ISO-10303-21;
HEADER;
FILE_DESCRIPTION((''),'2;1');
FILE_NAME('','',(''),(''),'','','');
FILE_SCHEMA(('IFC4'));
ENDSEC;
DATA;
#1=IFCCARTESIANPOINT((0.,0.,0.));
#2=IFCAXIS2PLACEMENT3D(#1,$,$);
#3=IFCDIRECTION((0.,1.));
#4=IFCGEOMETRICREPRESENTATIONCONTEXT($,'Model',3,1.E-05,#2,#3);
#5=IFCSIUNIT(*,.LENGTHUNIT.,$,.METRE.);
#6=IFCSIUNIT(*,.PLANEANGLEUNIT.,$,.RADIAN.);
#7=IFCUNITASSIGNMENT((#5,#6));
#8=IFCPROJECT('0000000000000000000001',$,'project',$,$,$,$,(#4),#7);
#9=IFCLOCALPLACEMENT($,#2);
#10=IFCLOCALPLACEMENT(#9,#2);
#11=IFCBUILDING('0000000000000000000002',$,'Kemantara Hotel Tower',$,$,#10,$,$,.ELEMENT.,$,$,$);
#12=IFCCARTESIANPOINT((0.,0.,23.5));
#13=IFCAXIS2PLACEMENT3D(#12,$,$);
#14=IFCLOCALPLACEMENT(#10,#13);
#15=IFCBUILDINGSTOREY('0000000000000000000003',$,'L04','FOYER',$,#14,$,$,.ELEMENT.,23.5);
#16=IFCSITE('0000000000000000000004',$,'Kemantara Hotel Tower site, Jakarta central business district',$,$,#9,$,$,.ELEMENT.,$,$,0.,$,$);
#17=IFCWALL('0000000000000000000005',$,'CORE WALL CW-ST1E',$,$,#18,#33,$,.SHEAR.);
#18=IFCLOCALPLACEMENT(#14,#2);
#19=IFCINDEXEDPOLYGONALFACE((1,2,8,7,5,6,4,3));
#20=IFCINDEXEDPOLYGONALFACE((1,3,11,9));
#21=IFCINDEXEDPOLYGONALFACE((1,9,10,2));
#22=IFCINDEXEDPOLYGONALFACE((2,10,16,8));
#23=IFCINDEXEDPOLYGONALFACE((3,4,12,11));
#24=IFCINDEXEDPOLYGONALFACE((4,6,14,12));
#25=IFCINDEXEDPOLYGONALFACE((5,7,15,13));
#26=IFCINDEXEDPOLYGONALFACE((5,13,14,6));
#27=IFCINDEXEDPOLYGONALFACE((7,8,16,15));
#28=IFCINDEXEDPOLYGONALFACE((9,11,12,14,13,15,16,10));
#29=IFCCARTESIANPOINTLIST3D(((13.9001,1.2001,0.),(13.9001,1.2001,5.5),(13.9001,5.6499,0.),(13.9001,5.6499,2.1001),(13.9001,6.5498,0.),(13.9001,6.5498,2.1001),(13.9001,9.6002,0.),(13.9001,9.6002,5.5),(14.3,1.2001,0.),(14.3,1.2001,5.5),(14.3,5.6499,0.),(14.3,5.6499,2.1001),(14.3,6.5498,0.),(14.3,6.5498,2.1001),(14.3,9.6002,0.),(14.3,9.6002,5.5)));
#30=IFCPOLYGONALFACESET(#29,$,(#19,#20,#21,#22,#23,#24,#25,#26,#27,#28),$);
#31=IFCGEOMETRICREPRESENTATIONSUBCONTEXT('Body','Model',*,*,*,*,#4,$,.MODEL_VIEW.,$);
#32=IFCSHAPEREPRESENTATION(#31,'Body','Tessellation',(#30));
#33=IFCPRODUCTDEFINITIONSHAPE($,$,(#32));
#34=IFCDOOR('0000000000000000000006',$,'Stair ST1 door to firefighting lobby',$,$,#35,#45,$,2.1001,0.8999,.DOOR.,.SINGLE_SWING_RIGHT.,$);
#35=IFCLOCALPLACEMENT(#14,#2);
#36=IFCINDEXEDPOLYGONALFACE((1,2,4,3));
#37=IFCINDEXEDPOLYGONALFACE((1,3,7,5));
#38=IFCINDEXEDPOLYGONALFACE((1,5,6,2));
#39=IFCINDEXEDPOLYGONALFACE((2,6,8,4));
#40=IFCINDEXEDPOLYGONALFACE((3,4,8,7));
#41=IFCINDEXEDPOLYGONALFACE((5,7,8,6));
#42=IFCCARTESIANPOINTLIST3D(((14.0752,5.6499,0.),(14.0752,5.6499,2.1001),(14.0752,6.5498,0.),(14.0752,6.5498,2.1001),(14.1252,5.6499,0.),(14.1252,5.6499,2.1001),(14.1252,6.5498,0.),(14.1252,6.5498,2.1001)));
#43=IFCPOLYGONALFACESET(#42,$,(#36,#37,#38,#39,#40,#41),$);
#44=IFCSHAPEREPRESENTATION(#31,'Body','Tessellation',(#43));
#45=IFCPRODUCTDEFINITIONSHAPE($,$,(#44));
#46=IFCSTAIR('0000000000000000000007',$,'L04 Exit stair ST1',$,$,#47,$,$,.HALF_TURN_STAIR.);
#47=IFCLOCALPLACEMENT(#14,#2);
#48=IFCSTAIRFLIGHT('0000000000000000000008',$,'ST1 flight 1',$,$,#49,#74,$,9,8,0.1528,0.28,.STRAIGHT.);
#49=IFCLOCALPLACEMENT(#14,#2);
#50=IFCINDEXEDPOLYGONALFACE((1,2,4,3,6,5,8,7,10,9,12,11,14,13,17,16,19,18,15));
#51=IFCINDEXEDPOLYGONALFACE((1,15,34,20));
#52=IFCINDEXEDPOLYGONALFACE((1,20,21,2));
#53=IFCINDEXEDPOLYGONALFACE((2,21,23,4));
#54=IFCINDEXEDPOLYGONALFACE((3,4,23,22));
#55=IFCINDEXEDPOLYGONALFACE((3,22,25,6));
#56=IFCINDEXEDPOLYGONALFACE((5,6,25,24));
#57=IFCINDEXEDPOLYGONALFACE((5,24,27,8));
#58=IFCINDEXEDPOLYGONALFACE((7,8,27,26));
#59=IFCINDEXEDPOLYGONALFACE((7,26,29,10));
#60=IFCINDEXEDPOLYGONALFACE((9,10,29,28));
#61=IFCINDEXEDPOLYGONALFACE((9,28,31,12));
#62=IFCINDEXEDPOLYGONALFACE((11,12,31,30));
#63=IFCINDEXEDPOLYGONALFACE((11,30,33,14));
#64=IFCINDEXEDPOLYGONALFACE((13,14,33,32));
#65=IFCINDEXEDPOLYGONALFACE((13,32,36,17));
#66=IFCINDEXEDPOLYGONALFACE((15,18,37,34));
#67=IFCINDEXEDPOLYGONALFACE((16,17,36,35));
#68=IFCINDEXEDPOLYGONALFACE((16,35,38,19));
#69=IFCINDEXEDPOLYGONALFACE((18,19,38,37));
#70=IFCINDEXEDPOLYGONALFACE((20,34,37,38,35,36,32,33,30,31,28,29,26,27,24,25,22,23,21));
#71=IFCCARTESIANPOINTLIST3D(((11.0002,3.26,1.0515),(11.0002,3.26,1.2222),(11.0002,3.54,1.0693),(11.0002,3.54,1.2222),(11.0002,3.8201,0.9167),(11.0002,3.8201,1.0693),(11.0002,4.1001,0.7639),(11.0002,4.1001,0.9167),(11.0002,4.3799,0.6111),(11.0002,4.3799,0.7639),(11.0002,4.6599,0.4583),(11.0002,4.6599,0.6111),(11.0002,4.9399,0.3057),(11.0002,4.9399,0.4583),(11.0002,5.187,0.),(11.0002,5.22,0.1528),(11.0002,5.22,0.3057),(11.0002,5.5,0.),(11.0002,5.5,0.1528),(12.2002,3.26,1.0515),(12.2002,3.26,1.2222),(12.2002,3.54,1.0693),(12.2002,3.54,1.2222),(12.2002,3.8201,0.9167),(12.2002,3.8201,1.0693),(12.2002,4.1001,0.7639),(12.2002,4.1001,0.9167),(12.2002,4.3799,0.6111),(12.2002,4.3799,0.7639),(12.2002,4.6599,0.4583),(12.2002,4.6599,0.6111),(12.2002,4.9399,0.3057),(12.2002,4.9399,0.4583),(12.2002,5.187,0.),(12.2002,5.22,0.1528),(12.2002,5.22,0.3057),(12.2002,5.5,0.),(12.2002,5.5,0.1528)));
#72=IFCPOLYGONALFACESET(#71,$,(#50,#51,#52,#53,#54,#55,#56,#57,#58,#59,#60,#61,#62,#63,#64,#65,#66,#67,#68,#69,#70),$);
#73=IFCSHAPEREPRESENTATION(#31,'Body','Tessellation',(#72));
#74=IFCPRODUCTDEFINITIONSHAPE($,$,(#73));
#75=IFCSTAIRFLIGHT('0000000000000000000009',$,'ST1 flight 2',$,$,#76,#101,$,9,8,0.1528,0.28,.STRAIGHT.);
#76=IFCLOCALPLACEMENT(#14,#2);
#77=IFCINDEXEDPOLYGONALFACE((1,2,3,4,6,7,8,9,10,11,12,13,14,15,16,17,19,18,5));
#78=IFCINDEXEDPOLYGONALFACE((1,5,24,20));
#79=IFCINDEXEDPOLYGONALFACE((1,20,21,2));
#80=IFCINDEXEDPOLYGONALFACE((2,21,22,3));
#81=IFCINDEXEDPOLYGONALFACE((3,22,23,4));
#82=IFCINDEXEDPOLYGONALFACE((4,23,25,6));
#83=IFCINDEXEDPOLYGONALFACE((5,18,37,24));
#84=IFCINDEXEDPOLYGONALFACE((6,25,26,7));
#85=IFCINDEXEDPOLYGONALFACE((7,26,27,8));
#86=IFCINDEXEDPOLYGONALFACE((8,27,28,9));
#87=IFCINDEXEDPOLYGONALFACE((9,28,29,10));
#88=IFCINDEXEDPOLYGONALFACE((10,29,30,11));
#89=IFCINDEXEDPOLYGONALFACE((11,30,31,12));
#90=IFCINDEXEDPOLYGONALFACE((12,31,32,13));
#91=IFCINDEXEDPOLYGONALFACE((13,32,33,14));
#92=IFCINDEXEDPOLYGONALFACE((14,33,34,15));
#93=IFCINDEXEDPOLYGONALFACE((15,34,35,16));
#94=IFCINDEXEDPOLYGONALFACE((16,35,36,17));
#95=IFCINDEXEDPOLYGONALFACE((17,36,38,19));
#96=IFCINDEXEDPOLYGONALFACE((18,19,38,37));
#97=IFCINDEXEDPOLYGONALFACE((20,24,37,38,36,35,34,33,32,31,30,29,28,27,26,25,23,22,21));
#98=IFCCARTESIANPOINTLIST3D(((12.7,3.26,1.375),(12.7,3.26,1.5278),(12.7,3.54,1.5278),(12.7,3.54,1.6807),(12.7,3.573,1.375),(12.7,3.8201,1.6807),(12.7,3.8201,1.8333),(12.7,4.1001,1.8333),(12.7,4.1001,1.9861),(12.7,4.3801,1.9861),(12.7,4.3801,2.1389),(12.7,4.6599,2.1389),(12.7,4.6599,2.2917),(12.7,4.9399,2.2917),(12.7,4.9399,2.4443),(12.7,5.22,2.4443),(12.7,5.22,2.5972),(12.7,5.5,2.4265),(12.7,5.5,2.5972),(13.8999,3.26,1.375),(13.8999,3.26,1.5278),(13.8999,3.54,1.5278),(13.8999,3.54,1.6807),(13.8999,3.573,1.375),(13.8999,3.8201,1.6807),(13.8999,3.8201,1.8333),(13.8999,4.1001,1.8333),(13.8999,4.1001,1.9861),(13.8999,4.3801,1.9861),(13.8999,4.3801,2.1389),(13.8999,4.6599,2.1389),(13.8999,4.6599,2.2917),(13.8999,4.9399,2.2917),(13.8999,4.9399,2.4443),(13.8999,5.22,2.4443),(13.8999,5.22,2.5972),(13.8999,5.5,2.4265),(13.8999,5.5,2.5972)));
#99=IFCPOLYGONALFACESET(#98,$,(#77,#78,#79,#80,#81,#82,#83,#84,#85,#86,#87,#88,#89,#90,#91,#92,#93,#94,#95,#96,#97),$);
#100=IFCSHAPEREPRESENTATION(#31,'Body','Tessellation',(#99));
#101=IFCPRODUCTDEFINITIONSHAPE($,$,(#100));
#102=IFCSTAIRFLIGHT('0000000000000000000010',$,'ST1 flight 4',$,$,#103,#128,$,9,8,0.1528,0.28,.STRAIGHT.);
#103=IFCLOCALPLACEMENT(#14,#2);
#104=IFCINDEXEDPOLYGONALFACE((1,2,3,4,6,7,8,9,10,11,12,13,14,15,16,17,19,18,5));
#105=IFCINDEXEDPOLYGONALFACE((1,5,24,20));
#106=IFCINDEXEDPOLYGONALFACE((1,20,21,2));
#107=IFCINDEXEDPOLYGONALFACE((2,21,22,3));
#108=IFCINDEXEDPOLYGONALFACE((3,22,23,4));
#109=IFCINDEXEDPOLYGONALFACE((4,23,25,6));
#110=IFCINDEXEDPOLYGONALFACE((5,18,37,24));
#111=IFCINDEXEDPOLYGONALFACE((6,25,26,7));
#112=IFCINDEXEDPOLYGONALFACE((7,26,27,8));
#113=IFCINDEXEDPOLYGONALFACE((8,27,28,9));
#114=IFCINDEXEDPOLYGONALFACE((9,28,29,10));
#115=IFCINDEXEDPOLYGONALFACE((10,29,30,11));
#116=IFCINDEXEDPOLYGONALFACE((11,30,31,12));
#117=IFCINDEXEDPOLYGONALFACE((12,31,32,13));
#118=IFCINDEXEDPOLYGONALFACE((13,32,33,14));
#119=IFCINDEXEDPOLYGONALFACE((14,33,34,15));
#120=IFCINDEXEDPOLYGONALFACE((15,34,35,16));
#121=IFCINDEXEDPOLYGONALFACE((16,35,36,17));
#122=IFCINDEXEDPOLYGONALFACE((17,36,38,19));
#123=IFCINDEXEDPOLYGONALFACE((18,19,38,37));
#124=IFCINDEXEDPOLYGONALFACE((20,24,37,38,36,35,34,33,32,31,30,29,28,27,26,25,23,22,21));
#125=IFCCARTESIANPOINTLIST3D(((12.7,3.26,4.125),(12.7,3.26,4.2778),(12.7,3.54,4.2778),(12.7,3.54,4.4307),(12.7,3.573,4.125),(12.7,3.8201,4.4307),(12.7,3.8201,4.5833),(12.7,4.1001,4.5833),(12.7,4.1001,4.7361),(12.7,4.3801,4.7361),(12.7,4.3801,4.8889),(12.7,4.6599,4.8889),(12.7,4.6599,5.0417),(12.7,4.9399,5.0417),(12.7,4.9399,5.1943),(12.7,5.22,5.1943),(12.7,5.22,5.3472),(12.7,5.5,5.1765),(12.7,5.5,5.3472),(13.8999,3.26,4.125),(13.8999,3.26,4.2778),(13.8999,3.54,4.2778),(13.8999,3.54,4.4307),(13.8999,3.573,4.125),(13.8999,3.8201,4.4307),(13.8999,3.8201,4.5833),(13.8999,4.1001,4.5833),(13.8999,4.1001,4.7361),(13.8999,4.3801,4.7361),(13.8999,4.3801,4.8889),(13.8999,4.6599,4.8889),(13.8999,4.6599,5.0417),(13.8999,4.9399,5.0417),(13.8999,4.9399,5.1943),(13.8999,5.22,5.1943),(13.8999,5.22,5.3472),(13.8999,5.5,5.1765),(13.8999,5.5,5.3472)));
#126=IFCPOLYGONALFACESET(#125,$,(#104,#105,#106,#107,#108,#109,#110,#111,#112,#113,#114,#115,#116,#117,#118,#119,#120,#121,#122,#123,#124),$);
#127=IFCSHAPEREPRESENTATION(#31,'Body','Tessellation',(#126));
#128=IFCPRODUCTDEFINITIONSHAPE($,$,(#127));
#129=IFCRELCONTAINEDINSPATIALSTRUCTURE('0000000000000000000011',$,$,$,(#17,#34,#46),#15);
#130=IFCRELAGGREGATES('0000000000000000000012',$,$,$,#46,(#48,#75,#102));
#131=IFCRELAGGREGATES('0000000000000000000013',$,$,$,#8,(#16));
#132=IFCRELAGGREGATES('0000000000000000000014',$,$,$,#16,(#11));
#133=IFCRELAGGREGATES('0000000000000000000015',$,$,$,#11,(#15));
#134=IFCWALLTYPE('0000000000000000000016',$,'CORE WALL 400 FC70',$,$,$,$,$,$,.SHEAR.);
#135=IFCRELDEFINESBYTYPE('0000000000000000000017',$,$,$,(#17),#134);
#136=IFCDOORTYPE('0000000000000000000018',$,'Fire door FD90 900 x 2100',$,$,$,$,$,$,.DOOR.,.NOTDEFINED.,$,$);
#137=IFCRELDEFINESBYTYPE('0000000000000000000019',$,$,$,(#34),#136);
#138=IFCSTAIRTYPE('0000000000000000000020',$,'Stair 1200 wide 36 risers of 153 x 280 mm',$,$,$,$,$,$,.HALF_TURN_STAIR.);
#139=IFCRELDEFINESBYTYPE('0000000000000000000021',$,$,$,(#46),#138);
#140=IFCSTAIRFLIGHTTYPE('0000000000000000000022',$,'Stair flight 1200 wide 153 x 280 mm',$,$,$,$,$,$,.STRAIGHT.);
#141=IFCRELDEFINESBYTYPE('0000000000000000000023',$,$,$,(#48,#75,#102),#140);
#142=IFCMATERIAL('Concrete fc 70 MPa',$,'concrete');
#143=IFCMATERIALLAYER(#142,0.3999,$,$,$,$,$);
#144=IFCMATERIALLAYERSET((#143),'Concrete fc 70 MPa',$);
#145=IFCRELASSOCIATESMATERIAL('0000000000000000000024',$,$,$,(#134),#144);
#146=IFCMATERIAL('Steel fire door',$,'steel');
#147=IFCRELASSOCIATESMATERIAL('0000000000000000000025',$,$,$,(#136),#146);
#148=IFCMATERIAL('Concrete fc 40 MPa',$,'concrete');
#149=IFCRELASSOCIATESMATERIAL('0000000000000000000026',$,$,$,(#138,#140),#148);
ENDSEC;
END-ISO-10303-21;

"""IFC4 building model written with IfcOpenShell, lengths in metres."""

from ifc_helpers import new_model, si_unit, direction, frame, frame_2d, origin, place, context, subcontext, project, spatial, polyline, rectangle, outline, extrude, material, layer, layer_set, type_object, element, fill, aggregate, save


model = new_model("IFC4")

# Units and contexts
model_context = context("Model", 3, precision=1e-05, world=origin(), true_north=direction((0.0, 1.0)))
body_context = subcontext(model_context, "Body", "Model", "MODEL_VIEW")
ifc_project = project(units=[si_unit("LENGTHUNIT", "METRE"), si_unit("PLANEANGLEUNIT", "RADIAN")], contexts=[model_context])

# Site, building, storey
site_placement = place(None, origin())
site = spatial("IfcSite", under=ifc_project, at=site_placement, Name="Kemantara Hotel Tower site, Jakarta central business district", CompositionType="ELEMENT", RefElevation=0.0)
building_placement = place(site_placement, origin())
building = spatial("IfcBuilding", under=site, at=building_placement, Name="Kemantara Hotel Tower", CompositionType="ELEMENT")
storey_placement = place(building_placement, frame((0.0, 0.0, 23.5)))
storey = spatial("IfcBuildingStorey", under=building, at=storey_placement, Name="L04", Description="FOYER", CompositionType="ELEMENT", Elevation=23.5)

# Shared definitions
ifc_material_1 = material(Name="Concrete fc 70 MPa", Category="concrete")

# Shared definitions
ifc_layer_1 = layer(ifc_material_1, 0.3999)
ifc_layer_set_1 = layer_set([ifc_layer_1], Name="Concrete fc 70 MPa")
wall_type_1 = type_object("IfcWallType", Name="CORE WALL 400 FC70", PredefinedType="SHEAR", material=ifc_layer_set_1)

# Wall, opening, door
wall_1_placement = place(storey_placement, frame((14.1001, 1.2, 0.0), z_axis=(0.0, 0.0, 1.0), x_axis=(0.0, 1.0, 0.0)))
wall_1 = element("IfcWall", 1, at=wall_1_placement, inside=storey, type_object=wall_type_1, Name="CORE WALL CW-ST1E", PredefinedType="SHEAR", context=body_context, shape_type="SweptSolid", body=[
    extrude(rectangle(XDim=8.4001, YDim=0.3999, at=frame_2d((4.2002, 0.0))), origin(), (0.0, 0.0, 1.0), 5.5),
])
opening_1_placement = place(wall_1_placement, frame((4.45, 0.0, 0.0)))
opening_1 = element("IfcOpeningElement", 2, at=opening_1_placement, cuts=wall_1, PredefinedType="OPENING", context=body_context, shape_type="SweptSolid", body=[
    extrude(rectangle(XDim=0.8999, YDim=2.1001, at=frame_2d((0.45, 1.05))), frame((0.0, 0.21, 0.0), z_axis=(0.0, -1.0, 0.0), x_axis=(1.0, 0.0, 0.0)), (0.0, 0.0, 1.0), 0.4199),
])
ifc_material_2 = material(Name="Steel fire door", Category="steel")
door_type_1 = type_object("IfcDoorType", Name="Fire door FD90 900 x 2100", OperationType="NOTDEFINED", PredefinedType="DOOR", material=ifc_material_2)
door_1_placement = place(opening_1_placement, origin())
door_1 = element("IfcDoor", 3, at=door_1_placement, inside=storey, type_object=door_type_1, Name="Stair ST1 door to firefighting lobby", OperationType="SINGLE_SWING_RIGHT", OverallHeight=2.1001, OverallWidth=0.8999, PredefinedType="DOOR", context=body_context, shape_type="SweptSolid", body=[
    extrude(rectangle(XDim=0.8999, YDim=2.1001, at=frame_2d((0.45, 1.05))), frame((0.0, 0.0249, 0.0), z_axis=(0.0, -1.0, 0.0), x_axis=(1.0, 0.0, 0.0)), (0.0, 0.0, 1.0), 0.05),
])
fill(opening_1, door_1)

# Stair, stair flights
ifc_material_3 = material(Name="Concrete fc 40 MPa", Category="concrete")
stair_type = type_object("IfcStairType", Name="Stair 1200 wide 36 risers of 153 x 280 mm", PredefinedType="HALF_TURN_STAIR", material=ifc_material_3)
stair_placement = place(storey_placement, origin())
stair = element("IfcStair", 4, at=stair_placement, inside=storey, type_object=stair_type, Name="L04 Exit stair ST1", PredefinedType="HALF_TURN_STAIR")
stair_flight_type = type_object("IfcStairFlightType", Name="Stair flight 1200 wide 153 x 280 mm", PredefinedType="STRAIGHT", material=ifc_material_3)
stair_flight_1_placement = place(storey_placement, frame((11.6001, 5.5, 0.0), z_axis=(0.0, 0.0, 1.0), x_axis=(0.0, -1.0, 0.0)))
stair_flight_1 = element("IfcStairFlight", 5, at=stair_flight_1_placement, type_object=stair_flight_type, Name="ST1 flight 1", NumberOfRisers=9, NumberOfTreads=8, PredefinedType="STRAIGHT", RiserHeight=0.1528, TreadLength=0.28, context=body_context, shape_type="SweptSolid", body=[
    extrude(outline(polyline([(0.0, 0.0), (0.0, 0.1528), (0.28, 0.1528), (0.28, 0.3057), (0.5601, 0.3057), (0.5601, 0.4583), (0.8401, 0.4583), (0.8401, 0.6111), (1.1201, 0.6111), (1.1201, 0.7639), (1.3999, 0.7639), (1.3999, 0.9167), (1.6799, 0.9167), (1.6799, 1.0693), (1.96, 1.0693), (1.96, 1.2222), (2.24, 1.2222), (2.24, 1.375), (2.24, 1.0515), (0.313, 0.0), (0.0, 0.0)])), frame((0.0, 0.6001, 0.0), z_axis=(0.0, -1.0, 0.0), x_axis=(1.0, 0.0, 0.0)), (0.0, 0.0, 1.0), 1.2),
])
stair_flight_2_placement = place(storey_placement, frame((13.3, 3.26, 1.375), z_axis=(0.0, 0.0, 1.0), x_axis=(0.0, 1.0, 0.0)))
stair_flight_2 = element("IfcStairFlight", 6, at=stair_flight_2_placement, type_object=stair_flight_type, Name="ST1 flight 2", NumberOfRisers=9, NumberOfTreads=8, PredefinedType="STRAIGHT", RiserHeight=0.1528, TreadLength=0.28, context=body_context, shape_type="SweptSolid", body=[
    extrude(outline(polyline([(0.0, 0.0), (0.0, 0.1528), (0.28, 0.1528), (0.28, 0.3057), (0.5601, 0.3057), (0.5601, 0.4583), (0.8401, 0.4583), (0.8401, 0.6111), (1.1201, 0.6111), (1.1201, 0.7639), (1.3999, 0.7639), (1.3999, 0.9167), (1.6799, 0.9167), (1.6799, 1.0693), (1.96, 1.0693), (1.96, 1.2222), (2.24, 1.2222), (2.24, 1.375), (2.24, 1.0515), (0.313, 0.0), (0.0, 0.0)])), frame((0.0, 0.6001, 0.0), z_axis=(0.0, -1.0, 0.0), x_axis=(1.0, 0.0, 0.0)), (0.0, 0.0, 1.0), 1.2),
])
stair_flight_3_placement = place(storey_placement, frame((13.3, 3.26, 4.125), z_axis=(0.0, 0.0, 1.0), x_axis=(0.0, 1.0, 0.0)))
stair_flight_3 = element("IfcStairFlight", 7, at=stair_flight_3_placement, type_object=stair_flight_type, Name="ST1 flight 4", NumberOfRisers=9, NumberOfTreads=8, PredefinedType="STRAIGHT", RiserHeight=0.1528, TreadLength=0.28, context=body_context, shape_type="SweptSolid", body=[
    extrude(outline(polyline([(0.0, 0.0), (0.0, 0.1528), (0.28, 0.1528), (0.28, 0.3057), (0.5601, 0.3057), (0.5601, 0.4583), (0.8401, 0.4583), (0.8401, 0.6111), (1.1201, 0.6111), (1.1201, 0.7639), (1.3999, 0.7639), (1.3999, 0.9167), (1.6799, 0.9167), (1.6799, 1.0693), (1.96, 1.0693), (1.96, 1.2222), (2.24, 1.2222), (2.24, 1.375), (2.24, 1.0515), (0.313, 0.0), (0.0, 0.0)])), frame((0.0, 0.6001, 0.0), z_axis=(0.0, -1.0, 0.0), x_axis=(1.0, 0.0, 0.0)), (0.0, 0.0, 1.0), 1.2),
])
aggregate(stair, [stair_flight_1, stair_flight_2, stair_flight_3])

save(model, "model.ifc")
